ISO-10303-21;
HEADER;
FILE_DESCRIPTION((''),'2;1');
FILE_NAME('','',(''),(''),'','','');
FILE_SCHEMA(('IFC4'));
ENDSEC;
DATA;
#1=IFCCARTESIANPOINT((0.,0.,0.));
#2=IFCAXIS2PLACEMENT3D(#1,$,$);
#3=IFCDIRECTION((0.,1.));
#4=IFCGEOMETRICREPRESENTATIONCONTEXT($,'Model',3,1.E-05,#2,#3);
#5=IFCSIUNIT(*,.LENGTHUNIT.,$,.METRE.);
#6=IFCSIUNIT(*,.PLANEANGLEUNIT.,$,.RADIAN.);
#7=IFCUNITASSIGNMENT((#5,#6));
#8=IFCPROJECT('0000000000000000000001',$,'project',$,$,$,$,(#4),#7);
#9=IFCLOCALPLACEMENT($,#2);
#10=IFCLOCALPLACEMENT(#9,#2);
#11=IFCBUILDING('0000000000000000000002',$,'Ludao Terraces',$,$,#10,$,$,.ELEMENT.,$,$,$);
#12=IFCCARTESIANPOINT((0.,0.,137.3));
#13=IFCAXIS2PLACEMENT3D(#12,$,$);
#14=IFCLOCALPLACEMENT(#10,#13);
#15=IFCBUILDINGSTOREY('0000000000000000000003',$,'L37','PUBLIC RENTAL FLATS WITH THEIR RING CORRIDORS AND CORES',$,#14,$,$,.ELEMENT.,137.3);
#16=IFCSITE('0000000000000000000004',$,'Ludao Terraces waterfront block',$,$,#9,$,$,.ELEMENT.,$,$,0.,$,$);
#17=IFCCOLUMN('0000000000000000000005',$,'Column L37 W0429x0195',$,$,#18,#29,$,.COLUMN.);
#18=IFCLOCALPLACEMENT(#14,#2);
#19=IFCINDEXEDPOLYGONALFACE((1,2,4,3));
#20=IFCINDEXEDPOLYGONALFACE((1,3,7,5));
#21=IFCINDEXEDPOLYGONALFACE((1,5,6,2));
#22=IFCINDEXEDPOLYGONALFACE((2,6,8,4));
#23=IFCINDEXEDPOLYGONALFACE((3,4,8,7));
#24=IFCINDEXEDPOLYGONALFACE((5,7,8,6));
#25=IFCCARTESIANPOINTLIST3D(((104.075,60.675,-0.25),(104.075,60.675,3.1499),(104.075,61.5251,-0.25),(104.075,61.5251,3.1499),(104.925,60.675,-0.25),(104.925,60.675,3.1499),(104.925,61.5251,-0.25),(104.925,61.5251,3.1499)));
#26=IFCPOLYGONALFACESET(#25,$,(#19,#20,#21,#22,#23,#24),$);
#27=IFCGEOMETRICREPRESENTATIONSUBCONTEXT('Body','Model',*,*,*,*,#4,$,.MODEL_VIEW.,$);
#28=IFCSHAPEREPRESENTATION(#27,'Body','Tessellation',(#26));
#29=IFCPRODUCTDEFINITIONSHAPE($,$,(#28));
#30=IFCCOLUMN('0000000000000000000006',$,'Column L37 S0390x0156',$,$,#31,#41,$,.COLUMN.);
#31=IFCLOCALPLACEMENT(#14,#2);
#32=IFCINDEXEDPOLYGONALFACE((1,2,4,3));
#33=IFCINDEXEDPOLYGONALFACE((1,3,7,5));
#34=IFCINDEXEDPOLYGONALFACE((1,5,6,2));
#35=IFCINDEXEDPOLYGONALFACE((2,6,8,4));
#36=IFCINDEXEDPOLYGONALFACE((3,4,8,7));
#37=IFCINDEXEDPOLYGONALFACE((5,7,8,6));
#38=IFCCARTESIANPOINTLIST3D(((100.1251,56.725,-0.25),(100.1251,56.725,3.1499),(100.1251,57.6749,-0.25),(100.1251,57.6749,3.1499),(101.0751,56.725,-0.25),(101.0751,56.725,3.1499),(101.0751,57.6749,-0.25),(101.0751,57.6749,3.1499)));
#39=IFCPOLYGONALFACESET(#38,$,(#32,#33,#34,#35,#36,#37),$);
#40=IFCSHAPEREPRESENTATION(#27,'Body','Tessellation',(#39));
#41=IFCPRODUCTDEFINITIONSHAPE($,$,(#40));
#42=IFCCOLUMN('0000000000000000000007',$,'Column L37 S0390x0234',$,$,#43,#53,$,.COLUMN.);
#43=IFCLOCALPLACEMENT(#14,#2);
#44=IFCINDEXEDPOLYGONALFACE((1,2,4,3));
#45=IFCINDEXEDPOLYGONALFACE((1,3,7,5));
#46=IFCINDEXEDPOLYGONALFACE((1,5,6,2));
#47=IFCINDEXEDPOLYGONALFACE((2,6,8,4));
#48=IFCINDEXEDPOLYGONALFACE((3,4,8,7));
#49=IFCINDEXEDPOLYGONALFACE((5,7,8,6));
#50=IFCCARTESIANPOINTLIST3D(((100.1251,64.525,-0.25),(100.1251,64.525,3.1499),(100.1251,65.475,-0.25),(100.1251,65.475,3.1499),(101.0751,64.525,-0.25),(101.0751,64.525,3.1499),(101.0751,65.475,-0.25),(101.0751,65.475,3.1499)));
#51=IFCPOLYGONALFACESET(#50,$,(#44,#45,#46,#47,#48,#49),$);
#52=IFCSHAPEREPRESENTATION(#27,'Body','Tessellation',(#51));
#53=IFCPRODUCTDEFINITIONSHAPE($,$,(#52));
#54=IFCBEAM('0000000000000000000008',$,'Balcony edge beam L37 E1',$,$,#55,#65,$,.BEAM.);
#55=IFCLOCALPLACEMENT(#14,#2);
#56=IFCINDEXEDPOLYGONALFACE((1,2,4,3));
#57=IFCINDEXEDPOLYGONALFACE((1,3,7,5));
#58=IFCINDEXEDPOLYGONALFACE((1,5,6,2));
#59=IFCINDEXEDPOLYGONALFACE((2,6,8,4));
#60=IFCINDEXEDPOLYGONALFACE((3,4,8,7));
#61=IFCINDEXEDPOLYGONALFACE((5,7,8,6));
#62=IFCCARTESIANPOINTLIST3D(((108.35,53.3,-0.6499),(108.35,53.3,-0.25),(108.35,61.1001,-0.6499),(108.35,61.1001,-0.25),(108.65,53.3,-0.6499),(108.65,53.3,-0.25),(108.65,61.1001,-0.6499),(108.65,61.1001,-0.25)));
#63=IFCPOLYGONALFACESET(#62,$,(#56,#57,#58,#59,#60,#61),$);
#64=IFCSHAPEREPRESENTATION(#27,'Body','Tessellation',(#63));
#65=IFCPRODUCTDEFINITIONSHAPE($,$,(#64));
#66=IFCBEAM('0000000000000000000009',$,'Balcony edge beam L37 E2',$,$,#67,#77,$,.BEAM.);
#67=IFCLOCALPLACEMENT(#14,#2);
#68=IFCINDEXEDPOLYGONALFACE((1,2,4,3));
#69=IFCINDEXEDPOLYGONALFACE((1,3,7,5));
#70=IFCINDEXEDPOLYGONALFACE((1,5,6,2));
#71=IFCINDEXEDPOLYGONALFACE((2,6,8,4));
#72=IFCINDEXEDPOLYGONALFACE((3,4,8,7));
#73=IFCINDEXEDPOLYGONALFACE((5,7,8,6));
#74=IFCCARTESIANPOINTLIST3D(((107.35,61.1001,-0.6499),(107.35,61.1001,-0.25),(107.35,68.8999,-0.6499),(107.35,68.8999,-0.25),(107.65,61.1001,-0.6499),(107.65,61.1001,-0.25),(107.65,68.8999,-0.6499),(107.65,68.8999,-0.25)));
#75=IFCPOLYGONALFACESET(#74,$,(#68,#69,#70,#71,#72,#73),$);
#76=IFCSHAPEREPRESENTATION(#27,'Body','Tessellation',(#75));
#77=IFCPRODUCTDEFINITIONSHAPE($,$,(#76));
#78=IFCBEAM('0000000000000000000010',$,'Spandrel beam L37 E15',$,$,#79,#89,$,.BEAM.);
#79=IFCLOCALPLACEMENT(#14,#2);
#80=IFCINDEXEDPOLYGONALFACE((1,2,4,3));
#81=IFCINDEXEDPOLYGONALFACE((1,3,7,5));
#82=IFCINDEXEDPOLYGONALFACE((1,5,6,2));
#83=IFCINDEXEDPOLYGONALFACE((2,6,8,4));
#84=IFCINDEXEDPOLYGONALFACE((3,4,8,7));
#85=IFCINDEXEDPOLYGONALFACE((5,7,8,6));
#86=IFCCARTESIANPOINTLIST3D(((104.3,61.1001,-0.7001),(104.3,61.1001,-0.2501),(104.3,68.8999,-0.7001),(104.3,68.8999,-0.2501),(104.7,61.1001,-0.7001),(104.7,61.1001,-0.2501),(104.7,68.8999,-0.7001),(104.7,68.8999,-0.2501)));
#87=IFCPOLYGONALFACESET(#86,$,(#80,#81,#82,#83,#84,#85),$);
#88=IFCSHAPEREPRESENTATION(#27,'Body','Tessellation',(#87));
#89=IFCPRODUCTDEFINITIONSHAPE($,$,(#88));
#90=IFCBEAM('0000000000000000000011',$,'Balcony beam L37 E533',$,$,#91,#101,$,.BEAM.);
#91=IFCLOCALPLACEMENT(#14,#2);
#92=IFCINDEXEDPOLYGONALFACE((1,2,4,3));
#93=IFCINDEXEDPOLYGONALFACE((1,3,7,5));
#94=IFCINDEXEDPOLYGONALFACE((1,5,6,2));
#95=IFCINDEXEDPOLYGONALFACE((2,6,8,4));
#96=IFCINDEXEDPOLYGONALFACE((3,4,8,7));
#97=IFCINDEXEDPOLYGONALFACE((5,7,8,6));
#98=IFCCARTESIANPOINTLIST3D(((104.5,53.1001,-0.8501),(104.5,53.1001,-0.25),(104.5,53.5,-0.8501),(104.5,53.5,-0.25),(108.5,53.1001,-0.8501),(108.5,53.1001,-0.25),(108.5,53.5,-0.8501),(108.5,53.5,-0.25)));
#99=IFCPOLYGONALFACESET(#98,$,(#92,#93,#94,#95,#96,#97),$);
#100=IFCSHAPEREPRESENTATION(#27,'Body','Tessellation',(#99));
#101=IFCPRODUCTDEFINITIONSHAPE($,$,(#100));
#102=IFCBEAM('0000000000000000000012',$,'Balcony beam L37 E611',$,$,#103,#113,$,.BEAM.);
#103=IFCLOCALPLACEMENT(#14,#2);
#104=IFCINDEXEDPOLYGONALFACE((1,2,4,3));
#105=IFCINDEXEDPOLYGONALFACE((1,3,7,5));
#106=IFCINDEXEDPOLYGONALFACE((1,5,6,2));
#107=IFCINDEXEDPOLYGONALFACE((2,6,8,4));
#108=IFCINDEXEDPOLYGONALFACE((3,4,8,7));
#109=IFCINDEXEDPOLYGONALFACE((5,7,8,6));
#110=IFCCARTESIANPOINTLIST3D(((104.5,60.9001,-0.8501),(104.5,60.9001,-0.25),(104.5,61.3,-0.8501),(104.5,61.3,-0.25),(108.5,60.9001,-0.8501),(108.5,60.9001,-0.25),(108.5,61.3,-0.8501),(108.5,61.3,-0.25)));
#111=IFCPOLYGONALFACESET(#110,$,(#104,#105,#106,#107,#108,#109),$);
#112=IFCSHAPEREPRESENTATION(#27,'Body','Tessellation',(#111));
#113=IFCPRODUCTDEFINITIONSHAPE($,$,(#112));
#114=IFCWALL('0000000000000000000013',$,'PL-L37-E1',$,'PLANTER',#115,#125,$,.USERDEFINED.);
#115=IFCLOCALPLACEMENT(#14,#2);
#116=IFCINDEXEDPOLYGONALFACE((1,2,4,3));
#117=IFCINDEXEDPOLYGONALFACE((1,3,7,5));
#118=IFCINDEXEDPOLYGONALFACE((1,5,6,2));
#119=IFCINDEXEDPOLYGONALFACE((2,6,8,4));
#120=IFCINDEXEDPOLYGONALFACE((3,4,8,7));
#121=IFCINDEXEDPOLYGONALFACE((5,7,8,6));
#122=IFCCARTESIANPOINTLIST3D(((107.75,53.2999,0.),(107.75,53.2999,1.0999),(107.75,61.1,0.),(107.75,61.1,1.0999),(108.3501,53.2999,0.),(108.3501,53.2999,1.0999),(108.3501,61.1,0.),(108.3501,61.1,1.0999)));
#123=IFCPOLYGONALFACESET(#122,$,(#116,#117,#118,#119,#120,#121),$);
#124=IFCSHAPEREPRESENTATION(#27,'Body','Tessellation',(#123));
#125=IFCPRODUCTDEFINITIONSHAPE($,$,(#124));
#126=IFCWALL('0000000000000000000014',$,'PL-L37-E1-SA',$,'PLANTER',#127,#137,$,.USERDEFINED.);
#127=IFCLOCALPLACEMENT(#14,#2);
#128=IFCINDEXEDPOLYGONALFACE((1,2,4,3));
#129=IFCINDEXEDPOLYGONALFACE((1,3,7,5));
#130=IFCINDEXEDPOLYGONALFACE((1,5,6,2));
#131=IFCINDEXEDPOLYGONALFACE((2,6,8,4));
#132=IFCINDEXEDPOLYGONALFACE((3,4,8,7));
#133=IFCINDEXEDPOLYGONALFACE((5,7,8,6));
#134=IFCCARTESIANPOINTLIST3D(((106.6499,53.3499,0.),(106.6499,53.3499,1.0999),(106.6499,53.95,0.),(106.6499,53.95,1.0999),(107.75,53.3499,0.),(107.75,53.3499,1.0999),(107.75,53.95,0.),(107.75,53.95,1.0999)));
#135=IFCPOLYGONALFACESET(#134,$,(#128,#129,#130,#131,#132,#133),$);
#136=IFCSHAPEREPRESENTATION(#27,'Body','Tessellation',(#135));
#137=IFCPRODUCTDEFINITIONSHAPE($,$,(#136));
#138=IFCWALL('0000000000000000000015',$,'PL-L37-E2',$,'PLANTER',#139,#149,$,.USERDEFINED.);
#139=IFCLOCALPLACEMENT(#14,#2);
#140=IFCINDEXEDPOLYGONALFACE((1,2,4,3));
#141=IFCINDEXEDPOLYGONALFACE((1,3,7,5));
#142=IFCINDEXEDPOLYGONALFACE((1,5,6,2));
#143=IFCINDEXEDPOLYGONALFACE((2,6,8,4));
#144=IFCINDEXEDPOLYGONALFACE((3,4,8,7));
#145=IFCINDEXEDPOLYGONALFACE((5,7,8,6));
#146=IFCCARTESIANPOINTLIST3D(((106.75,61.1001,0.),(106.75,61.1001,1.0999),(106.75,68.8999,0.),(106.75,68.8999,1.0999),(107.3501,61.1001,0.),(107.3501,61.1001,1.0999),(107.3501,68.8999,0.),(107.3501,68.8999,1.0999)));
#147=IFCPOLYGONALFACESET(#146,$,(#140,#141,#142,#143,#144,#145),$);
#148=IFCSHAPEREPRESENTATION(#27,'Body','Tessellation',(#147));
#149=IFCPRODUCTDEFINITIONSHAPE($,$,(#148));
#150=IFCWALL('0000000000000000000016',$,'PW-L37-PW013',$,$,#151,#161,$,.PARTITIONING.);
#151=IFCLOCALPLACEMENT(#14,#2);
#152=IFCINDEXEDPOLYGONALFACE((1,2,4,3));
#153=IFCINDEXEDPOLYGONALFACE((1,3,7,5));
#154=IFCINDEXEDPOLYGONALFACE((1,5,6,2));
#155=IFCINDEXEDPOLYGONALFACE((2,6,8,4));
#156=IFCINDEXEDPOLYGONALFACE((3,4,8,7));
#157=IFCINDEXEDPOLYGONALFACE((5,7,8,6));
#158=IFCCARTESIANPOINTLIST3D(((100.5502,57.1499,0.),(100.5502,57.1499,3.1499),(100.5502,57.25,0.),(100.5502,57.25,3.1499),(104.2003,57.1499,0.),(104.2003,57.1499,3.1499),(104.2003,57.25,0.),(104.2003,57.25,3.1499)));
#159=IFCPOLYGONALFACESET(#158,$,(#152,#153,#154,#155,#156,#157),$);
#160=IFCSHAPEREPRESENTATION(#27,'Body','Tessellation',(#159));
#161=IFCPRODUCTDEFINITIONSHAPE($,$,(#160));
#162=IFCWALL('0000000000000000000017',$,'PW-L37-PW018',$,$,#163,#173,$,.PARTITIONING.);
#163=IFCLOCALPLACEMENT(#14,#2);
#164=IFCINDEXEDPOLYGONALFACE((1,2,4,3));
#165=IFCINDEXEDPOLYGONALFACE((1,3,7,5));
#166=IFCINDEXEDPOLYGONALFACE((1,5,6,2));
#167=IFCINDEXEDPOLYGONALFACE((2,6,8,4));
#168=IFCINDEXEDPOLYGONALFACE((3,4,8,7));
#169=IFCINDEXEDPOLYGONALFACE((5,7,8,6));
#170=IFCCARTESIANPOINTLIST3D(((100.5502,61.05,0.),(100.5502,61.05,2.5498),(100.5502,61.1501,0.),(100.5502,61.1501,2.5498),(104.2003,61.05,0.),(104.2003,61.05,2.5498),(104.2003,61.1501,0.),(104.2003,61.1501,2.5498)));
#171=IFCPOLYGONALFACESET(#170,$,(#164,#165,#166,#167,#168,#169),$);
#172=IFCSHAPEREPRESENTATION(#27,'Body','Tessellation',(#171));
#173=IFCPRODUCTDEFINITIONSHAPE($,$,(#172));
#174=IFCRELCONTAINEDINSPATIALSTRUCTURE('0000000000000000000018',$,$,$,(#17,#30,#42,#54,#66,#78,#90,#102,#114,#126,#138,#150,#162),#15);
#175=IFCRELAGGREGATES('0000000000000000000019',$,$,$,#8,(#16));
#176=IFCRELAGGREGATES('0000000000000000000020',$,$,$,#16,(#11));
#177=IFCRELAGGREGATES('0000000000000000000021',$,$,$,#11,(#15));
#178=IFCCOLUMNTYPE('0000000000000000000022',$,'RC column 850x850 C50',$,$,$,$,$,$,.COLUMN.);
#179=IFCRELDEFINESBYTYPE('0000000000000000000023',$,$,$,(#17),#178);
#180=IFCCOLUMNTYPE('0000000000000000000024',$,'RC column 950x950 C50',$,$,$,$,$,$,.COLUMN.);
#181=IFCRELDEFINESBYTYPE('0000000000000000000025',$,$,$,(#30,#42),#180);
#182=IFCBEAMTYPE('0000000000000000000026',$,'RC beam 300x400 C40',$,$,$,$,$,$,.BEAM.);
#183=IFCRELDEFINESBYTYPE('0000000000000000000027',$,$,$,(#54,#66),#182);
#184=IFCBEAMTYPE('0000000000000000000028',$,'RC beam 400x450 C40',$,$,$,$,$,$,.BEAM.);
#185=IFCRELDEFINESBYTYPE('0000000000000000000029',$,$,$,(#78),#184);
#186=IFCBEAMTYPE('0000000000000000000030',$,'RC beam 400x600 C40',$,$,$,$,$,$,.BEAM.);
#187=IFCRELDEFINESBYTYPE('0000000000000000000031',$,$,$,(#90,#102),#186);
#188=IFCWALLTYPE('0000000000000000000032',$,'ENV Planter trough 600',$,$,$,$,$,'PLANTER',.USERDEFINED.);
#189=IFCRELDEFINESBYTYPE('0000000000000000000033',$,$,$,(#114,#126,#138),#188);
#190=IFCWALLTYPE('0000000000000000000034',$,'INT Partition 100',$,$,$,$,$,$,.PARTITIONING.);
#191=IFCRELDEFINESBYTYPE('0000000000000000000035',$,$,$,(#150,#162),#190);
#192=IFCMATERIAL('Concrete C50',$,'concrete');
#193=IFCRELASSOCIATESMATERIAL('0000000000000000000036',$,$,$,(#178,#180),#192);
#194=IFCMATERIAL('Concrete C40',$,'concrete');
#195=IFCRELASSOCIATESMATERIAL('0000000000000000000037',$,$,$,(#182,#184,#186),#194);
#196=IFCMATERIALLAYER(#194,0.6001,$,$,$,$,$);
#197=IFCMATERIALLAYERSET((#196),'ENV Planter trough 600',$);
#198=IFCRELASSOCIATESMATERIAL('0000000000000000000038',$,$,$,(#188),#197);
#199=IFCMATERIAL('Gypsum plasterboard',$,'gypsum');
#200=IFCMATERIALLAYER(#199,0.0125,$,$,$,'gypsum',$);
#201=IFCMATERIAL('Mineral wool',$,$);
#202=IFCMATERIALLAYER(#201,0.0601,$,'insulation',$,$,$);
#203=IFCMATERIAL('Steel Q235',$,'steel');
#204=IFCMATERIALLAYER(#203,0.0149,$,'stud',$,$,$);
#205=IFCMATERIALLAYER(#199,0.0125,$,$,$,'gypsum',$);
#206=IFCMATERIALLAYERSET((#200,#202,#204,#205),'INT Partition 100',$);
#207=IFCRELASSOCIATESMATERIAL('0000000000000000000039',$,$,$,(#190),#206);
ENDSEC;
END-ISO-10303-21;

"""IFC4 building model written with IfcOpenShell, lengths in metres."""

from ifc_helpers import new_model, si_unit, direction, frame, frame_2d, origin, origin_2d, place, context, subcontext, project, spatial, rectangle, extrude, material, layer, layer_set, material_profile, profile_set, type_object, element, save


model = new_model("IFC4")

# Units and contexts
model_context = context("Model", 3, precision=1e-05, world=origin(), true_north=direction((0.0, 1.0)))
body_context = subcontext(model_context, "Body", "Model", "MODEL_VIEW")
ifc_project = project(units=[si_unit("LENGTHUNIT", "METRE"), si_unit("PLANEANGLEUNIT", "RADIAN")], contexts=[model_context])

# Site, building, storey
site_placement = place(None, origin())
site = spatial("IfcSite", under=ifc_project, at=site_placement, Name="Ludao Terraces waterfront block", CompositionType="ELEMENT", RefElevation=0.0)
building_placement = place(site_placement, origin())
building = spatial("IfcBuilding", under=site, at=building_placement, Name="Ludao Terraces", CompositionType="ELEMENT")
storey_placement = place(building_placement, frame((0.0, 0.0, 137.3)))
storey = spatial("IfcBuildingStorey", under=building, at=storey_placement, Name="L37", Description="PUBLIC RENTAL FLATS WITH THEIR RING CORRIDORS AND CORES", CompositionType="ELEMENT", Elevation=137.3)

# Columns
ifc_material_1 = material(Name="Concrete C50", Category="concrete")
ifc_material_profile_1 = material_profile(ifc_material_1, rectangle(XDim=0.8501, YDim=0.8501, at=origin_2d()), Name="850 X 850")
ifc_profile_set_1 = profile_set([ifc_material_profile_1], Name="Concrete C50")
column_type_1 = type_object("IfcColumnType", Name="RC column 850x850 C50", PredefinedType="COLUMN", material=ifc_profile_set_1)
column_placement = place(storey_placement, frame((104.5, 61.1001, -0.25), z_axis=(0.0, 0.0, 1.0), x_axis=(1.0, 0.0, 0.0)))
element("IfcColumn", 1, at=column_placement, inside=storey, type_object=column_type_1, Name="Column L37 W0429x0195", PredefinedType="COLUMN", context=body_context, shape_type="SweptSolid", body=[
    extrude(rectangle(XDim=0.8501, YDim=0.8501, at=origin_2d()), origin(), (0.0, 0.0, 1.0), 3.3999),
])
ifc_material_profile_2 = material_profile(ifc_material_1, rectangle(XDim=0.95, YDim=0.95, at=origin_2d()), Name="950 X 950")
ifc_profile_set_2 = profile_set([ifc_material_profile_2], Name="Concrete C50")
column_type_2 = type_object("IfcColumnType", Name="RC column 950x950 C50", PredefinedType="COLUMN", material=ifc_profile_set_2)
for number, where, z_axis, x_axis, name in (
    (2, (100.6001, 57.2, -0.25), (0.0, 0.0, 1.0), (1.0, 0.0, 0.0), "Column L37 S0390x0156"),
    (3, (100.6001, 65.0, -0.25), (0.0, 0.0, 1.0), (1.0, 0.0, 0.0), "Column L37 S0390x0234"),
):
    element("IfcColumn", number, at=place(storey_placement, frame(where, z_axis=z_axis, x_axis=x_axis)), inside=storey, type_object=column_type_2, Name=name, PredefinedType="COLUMN", context=body_context, shape_type="SweptSolid", body=[
        extrude(rectangle(XDim=0.95, YDim=0.95, at=origin_2d()), origin(), (0.0, 0.0, 1.0), 3.3999),
    ])

# Beams
ifc_material_2 = material(Name="Concrete C40", Category="concrete")
ifc_material_profile_3 = material_profile(ifc_material_2, rectangle(XDim=0.3, YDim=0.3999, at=origin_2d()), Name="300 X 400")
ifc_profile_set_3 = profile_set([ifc_material_profile_3], Name="Concrete C40")
beam_type_1 = type_object("IfcBeamType", Name="RC beam 300x400 C40", PredefinedType="BEAM", material=ifc_profile_set_3)
beam_1_placement = place(storey_placement, frame((108.5, 53.3, -0.45), z_axis=(0.0, 1.0, 0.0), x_axis=(-1.0, 0.0, 0.0)))
element("IfcBeam", 4, at=beam_1_placement, inside=storey, type_object=beam_type_1, Name="Balcony edge beam L37 E1", PredefinedType="BEAM", context=body_context, shape_type="SweptSolid", body=[
    extrude(rectangle(XDim=0.3, YDim=0.3999, at=origin_2d()), origin(), (0.0, 0.0, 1.0), 7.8),
])
beam_2_placement = place(storey_placement, frame((107.5, 61.1001, -0.45), z_axis=(0.0, 1.0, 0.0), x_axis=(-1.0, 0.0, 0.0)))
element("IfcBeam", 5, at=beam_2_placement, inside=storey, type_object=beam_type_1, Name="Balcony edge beam L37 E2", PredefinedType="BEAM", context=body_context, shape_type="SweptSolid", body=[
    extrude(rectangle(XDim=0.3, YDim=0.3999, at=origin_2d()), origin(), (0.0, 0.0, 1.0), 7.7998),
])
ifc_material_profile_4 = material_profile(ifc_material_2, rectangle(XDim=0.3999, YDim=0.45, at=origin_2d()), Name="400 X 450")
ifc_profile_set_4 = profile_set([ifc_material_profile_4], Name="Concrete C40")
beam_type_2 = type_object("IfcBeamType", Name="RC beam 400x450 C40", PredefinedType="BEAM", material=ifc_profile_set_4)
beam_3_placement = place(storey_placement, frame((104.5, 61.1001, -0.4751), z_axis=(0.0, 1.0, 0.0), x_axis=(-1.0, 0.0, 0.0)))
element("IfcBeam", 6, at=beam_3_placement, inside=storey, type_object=beam_type_2, Name="Spandrel beam L37 E15", PredefinedType="BEAM", context=body_context, shape_type="SweptSolid", body=[
    extrude(rectangle(XDim=0.3999, YDim=0.45, at=origin_2d()), origin(), (0.0, 0.0, 1.0), 7.7998),
])
ifc_material_profile_5 = material_profile(ifc_material_2, rectangle(XDim=0.3999, YDim=0.6001, at=origin_2d()), Name="400 X 600")
ifc_profile_set_5 = profile_set([ifc_material_profile_5], Name="Concrete C40")
beam_type_3 = type_object("IfcBeamType", Name="RC beam 400x600 C40", PredefinedType="BEAM", material=ifc_profile_set_5)
for number, where, z_axis, x_axis, name in (
    (7, (104.5, 53.3, -0.55), (1.0, 0.0, 0.0), (0.0, 1.0, 0.0), "Balcony beam L37 E533"),
    (8, (104.5, 61.1001, -0.55), (1.0, 0.0, 0.0), (0.0, 1.0, 0.0), "Balcony beam L37 E611"),
):
    element("IfcBeam", number, at=place(storey_placement, frame(where, z_axis=z_axis, x_axis=x_axis)), inside=storey, type_object=beam_type_3, Name=name, PredefinedType="BEAM", context=body_context, shape_type="SweptSolid", body=[
        extrude(rectangle(XDim=0.3999, YDim=0.6001, at=origin_2d()), origin(), (0.0, 0.0, 1.0), 4.0),
    ])

# Walls
ifc_layer_1 = layer(ifc_material_2, 0.6001)
ifc_layer_set_1 = layer_set([ifc_layer_1], Name="ENV Planter trough 600")
wall_type_1 = type_object("IfcWallType", Name="ENV Planter trough 600", ElementType="PLANTER", PredefinedType="USERDEFINED", material=ifc_layer_set_1)
wall_1_placement = place(storey_placement, frame((108.05, 53.3, 0.0), z_axis=(0.0, 0.0, 1.0), x_axis=(0.0, 1.0, 0.0)))
element("IfcWall", 9, at=wall_1_placement, inside=storey, type_object=wall_type_1, Name="PL-L37-E1", ObjectType="PLANTER", PredefinedType="USERDEFINED", context=body_context, shape_type="SweptSolid", body=[
    extrude(rectangle(XDim=7.8, YDim=0.6001, at=frame_2d((3.8999, 0.0))), origin(), (0.0, 0.0, 1.0), 1.0999),
])
wall_2_placement = place(storey_placement, frame((107.75, 53.6499, 0.0), z_axis=(0.0, 0.0, 1.0), x_axis=(-1.0, 0.0, 0.0)))
element("IfcWall", 10, at=wall_2_placement, inside=storey, type_object=wall_type_1, Name="PL-L37-E1-SA", ObjectType="PLANTER", PredefinedType="USERDEFINED", context=body_context, shape_type="SweptSolid", body=[
    extrude(rectangle(XDim=1.1001, YDim=0.6001, at=frame_2d((0.55, 0.0))), origin(), (0.0, 0.0, 1.0), 1.0999),
])
wall_3_placement = place(storey_placement, frame((107.05, 61.1001, 0.0), z_axis=(0.0, 0.0, 1.0), x_axis=(0.0, 1.0, 0.0)))
element("IfcWall", 11, at=wall_3_placement, inside=storey, type_object=wall_type_1, Name="PL-L37-E2", ObjectType="PLANTER", PredefinedType="USERDEFINED", context=body_context, shape_type="SweptSolid", body=[
    extrude(rectangle(XDim=7.7998, YDim=0.6001, at=frame_2d((3.8999, 0.0))), origin(), (0.0, 0.0, 1.0), 1.0999),
])

# Shared definitions
ifc_material_3 = material(Name="Mineral wool")

# Walls
ifc_material_4 = material(Name="Gypsum plasterboard", Category="gypsum")
ifc_layer_2 = layer(ifc_material_4, 0.0125, Category="gypsum")
ifc_layer_3 = layer(ifc_material_3, 0.0601, Name="insulation")
ifc_material_5 = material(Name="Steel Q235", Category="steel")
ifc_layer_4 = layer(ifc_material_5, 0.0149, Name="stud")
ifc_layer_5 = layer(ifc_material_4, 0.0125, Category="gypsum")
ifc_layer_set_2 = layer_set([ifc_layer_2, ifc_layer_3, ifc_layer_4, ifc_layer_5], Name="INT Partition 100")
wall_type_2 = type_object("IfcWallType", Name="INT Partition 100", PredefinedType="PARTITIONING", material=ifc_layer_set_2)
wall_4_placement = place(storey_placement, frame((100.55, 57.2, 0.0), z_axis=(0.0, 0.0, 1.0), x_axis=(1.0, 0.0, 0.0)))
element("IfcWall", 12, at=wall_4_placement, inside=storey, type_object=wall_type_2, Name="PW-L37-PW013", PredefinedType="PARTITIONING", context=body_context, shape_type="SweptSolid", body=[
    extrude(rectangle(XDim=3.6501, YDim=0.1001, at=frame_2d((1.8252, 0.0))), origin(), (0.0, 0.0, 1.0), 3.1499),
])
wall_5_placement = place(storey_placement, frame((100.55, 61.1001, 0.0), z_axis=(0.0, 0.0, 1.0), x_axis=(1.0, 0.0, 0.0)))
element("IfcWall", 13, at=wall_5_placement, inside=storey, type_object=wall_type_2, Name="PW-L37-PW018", PredefinedType="PARTITIONING", context=body_context, shape_type="SweptSolid", body=[
    extrude(rectangle(XDim=3.6501, YDim=0.1001, at=frame_2d((1.8252, 0.0))), origin(), (0.0, 0.0, 1.0), 2.5498),
])

save(model, "model.ifc")
